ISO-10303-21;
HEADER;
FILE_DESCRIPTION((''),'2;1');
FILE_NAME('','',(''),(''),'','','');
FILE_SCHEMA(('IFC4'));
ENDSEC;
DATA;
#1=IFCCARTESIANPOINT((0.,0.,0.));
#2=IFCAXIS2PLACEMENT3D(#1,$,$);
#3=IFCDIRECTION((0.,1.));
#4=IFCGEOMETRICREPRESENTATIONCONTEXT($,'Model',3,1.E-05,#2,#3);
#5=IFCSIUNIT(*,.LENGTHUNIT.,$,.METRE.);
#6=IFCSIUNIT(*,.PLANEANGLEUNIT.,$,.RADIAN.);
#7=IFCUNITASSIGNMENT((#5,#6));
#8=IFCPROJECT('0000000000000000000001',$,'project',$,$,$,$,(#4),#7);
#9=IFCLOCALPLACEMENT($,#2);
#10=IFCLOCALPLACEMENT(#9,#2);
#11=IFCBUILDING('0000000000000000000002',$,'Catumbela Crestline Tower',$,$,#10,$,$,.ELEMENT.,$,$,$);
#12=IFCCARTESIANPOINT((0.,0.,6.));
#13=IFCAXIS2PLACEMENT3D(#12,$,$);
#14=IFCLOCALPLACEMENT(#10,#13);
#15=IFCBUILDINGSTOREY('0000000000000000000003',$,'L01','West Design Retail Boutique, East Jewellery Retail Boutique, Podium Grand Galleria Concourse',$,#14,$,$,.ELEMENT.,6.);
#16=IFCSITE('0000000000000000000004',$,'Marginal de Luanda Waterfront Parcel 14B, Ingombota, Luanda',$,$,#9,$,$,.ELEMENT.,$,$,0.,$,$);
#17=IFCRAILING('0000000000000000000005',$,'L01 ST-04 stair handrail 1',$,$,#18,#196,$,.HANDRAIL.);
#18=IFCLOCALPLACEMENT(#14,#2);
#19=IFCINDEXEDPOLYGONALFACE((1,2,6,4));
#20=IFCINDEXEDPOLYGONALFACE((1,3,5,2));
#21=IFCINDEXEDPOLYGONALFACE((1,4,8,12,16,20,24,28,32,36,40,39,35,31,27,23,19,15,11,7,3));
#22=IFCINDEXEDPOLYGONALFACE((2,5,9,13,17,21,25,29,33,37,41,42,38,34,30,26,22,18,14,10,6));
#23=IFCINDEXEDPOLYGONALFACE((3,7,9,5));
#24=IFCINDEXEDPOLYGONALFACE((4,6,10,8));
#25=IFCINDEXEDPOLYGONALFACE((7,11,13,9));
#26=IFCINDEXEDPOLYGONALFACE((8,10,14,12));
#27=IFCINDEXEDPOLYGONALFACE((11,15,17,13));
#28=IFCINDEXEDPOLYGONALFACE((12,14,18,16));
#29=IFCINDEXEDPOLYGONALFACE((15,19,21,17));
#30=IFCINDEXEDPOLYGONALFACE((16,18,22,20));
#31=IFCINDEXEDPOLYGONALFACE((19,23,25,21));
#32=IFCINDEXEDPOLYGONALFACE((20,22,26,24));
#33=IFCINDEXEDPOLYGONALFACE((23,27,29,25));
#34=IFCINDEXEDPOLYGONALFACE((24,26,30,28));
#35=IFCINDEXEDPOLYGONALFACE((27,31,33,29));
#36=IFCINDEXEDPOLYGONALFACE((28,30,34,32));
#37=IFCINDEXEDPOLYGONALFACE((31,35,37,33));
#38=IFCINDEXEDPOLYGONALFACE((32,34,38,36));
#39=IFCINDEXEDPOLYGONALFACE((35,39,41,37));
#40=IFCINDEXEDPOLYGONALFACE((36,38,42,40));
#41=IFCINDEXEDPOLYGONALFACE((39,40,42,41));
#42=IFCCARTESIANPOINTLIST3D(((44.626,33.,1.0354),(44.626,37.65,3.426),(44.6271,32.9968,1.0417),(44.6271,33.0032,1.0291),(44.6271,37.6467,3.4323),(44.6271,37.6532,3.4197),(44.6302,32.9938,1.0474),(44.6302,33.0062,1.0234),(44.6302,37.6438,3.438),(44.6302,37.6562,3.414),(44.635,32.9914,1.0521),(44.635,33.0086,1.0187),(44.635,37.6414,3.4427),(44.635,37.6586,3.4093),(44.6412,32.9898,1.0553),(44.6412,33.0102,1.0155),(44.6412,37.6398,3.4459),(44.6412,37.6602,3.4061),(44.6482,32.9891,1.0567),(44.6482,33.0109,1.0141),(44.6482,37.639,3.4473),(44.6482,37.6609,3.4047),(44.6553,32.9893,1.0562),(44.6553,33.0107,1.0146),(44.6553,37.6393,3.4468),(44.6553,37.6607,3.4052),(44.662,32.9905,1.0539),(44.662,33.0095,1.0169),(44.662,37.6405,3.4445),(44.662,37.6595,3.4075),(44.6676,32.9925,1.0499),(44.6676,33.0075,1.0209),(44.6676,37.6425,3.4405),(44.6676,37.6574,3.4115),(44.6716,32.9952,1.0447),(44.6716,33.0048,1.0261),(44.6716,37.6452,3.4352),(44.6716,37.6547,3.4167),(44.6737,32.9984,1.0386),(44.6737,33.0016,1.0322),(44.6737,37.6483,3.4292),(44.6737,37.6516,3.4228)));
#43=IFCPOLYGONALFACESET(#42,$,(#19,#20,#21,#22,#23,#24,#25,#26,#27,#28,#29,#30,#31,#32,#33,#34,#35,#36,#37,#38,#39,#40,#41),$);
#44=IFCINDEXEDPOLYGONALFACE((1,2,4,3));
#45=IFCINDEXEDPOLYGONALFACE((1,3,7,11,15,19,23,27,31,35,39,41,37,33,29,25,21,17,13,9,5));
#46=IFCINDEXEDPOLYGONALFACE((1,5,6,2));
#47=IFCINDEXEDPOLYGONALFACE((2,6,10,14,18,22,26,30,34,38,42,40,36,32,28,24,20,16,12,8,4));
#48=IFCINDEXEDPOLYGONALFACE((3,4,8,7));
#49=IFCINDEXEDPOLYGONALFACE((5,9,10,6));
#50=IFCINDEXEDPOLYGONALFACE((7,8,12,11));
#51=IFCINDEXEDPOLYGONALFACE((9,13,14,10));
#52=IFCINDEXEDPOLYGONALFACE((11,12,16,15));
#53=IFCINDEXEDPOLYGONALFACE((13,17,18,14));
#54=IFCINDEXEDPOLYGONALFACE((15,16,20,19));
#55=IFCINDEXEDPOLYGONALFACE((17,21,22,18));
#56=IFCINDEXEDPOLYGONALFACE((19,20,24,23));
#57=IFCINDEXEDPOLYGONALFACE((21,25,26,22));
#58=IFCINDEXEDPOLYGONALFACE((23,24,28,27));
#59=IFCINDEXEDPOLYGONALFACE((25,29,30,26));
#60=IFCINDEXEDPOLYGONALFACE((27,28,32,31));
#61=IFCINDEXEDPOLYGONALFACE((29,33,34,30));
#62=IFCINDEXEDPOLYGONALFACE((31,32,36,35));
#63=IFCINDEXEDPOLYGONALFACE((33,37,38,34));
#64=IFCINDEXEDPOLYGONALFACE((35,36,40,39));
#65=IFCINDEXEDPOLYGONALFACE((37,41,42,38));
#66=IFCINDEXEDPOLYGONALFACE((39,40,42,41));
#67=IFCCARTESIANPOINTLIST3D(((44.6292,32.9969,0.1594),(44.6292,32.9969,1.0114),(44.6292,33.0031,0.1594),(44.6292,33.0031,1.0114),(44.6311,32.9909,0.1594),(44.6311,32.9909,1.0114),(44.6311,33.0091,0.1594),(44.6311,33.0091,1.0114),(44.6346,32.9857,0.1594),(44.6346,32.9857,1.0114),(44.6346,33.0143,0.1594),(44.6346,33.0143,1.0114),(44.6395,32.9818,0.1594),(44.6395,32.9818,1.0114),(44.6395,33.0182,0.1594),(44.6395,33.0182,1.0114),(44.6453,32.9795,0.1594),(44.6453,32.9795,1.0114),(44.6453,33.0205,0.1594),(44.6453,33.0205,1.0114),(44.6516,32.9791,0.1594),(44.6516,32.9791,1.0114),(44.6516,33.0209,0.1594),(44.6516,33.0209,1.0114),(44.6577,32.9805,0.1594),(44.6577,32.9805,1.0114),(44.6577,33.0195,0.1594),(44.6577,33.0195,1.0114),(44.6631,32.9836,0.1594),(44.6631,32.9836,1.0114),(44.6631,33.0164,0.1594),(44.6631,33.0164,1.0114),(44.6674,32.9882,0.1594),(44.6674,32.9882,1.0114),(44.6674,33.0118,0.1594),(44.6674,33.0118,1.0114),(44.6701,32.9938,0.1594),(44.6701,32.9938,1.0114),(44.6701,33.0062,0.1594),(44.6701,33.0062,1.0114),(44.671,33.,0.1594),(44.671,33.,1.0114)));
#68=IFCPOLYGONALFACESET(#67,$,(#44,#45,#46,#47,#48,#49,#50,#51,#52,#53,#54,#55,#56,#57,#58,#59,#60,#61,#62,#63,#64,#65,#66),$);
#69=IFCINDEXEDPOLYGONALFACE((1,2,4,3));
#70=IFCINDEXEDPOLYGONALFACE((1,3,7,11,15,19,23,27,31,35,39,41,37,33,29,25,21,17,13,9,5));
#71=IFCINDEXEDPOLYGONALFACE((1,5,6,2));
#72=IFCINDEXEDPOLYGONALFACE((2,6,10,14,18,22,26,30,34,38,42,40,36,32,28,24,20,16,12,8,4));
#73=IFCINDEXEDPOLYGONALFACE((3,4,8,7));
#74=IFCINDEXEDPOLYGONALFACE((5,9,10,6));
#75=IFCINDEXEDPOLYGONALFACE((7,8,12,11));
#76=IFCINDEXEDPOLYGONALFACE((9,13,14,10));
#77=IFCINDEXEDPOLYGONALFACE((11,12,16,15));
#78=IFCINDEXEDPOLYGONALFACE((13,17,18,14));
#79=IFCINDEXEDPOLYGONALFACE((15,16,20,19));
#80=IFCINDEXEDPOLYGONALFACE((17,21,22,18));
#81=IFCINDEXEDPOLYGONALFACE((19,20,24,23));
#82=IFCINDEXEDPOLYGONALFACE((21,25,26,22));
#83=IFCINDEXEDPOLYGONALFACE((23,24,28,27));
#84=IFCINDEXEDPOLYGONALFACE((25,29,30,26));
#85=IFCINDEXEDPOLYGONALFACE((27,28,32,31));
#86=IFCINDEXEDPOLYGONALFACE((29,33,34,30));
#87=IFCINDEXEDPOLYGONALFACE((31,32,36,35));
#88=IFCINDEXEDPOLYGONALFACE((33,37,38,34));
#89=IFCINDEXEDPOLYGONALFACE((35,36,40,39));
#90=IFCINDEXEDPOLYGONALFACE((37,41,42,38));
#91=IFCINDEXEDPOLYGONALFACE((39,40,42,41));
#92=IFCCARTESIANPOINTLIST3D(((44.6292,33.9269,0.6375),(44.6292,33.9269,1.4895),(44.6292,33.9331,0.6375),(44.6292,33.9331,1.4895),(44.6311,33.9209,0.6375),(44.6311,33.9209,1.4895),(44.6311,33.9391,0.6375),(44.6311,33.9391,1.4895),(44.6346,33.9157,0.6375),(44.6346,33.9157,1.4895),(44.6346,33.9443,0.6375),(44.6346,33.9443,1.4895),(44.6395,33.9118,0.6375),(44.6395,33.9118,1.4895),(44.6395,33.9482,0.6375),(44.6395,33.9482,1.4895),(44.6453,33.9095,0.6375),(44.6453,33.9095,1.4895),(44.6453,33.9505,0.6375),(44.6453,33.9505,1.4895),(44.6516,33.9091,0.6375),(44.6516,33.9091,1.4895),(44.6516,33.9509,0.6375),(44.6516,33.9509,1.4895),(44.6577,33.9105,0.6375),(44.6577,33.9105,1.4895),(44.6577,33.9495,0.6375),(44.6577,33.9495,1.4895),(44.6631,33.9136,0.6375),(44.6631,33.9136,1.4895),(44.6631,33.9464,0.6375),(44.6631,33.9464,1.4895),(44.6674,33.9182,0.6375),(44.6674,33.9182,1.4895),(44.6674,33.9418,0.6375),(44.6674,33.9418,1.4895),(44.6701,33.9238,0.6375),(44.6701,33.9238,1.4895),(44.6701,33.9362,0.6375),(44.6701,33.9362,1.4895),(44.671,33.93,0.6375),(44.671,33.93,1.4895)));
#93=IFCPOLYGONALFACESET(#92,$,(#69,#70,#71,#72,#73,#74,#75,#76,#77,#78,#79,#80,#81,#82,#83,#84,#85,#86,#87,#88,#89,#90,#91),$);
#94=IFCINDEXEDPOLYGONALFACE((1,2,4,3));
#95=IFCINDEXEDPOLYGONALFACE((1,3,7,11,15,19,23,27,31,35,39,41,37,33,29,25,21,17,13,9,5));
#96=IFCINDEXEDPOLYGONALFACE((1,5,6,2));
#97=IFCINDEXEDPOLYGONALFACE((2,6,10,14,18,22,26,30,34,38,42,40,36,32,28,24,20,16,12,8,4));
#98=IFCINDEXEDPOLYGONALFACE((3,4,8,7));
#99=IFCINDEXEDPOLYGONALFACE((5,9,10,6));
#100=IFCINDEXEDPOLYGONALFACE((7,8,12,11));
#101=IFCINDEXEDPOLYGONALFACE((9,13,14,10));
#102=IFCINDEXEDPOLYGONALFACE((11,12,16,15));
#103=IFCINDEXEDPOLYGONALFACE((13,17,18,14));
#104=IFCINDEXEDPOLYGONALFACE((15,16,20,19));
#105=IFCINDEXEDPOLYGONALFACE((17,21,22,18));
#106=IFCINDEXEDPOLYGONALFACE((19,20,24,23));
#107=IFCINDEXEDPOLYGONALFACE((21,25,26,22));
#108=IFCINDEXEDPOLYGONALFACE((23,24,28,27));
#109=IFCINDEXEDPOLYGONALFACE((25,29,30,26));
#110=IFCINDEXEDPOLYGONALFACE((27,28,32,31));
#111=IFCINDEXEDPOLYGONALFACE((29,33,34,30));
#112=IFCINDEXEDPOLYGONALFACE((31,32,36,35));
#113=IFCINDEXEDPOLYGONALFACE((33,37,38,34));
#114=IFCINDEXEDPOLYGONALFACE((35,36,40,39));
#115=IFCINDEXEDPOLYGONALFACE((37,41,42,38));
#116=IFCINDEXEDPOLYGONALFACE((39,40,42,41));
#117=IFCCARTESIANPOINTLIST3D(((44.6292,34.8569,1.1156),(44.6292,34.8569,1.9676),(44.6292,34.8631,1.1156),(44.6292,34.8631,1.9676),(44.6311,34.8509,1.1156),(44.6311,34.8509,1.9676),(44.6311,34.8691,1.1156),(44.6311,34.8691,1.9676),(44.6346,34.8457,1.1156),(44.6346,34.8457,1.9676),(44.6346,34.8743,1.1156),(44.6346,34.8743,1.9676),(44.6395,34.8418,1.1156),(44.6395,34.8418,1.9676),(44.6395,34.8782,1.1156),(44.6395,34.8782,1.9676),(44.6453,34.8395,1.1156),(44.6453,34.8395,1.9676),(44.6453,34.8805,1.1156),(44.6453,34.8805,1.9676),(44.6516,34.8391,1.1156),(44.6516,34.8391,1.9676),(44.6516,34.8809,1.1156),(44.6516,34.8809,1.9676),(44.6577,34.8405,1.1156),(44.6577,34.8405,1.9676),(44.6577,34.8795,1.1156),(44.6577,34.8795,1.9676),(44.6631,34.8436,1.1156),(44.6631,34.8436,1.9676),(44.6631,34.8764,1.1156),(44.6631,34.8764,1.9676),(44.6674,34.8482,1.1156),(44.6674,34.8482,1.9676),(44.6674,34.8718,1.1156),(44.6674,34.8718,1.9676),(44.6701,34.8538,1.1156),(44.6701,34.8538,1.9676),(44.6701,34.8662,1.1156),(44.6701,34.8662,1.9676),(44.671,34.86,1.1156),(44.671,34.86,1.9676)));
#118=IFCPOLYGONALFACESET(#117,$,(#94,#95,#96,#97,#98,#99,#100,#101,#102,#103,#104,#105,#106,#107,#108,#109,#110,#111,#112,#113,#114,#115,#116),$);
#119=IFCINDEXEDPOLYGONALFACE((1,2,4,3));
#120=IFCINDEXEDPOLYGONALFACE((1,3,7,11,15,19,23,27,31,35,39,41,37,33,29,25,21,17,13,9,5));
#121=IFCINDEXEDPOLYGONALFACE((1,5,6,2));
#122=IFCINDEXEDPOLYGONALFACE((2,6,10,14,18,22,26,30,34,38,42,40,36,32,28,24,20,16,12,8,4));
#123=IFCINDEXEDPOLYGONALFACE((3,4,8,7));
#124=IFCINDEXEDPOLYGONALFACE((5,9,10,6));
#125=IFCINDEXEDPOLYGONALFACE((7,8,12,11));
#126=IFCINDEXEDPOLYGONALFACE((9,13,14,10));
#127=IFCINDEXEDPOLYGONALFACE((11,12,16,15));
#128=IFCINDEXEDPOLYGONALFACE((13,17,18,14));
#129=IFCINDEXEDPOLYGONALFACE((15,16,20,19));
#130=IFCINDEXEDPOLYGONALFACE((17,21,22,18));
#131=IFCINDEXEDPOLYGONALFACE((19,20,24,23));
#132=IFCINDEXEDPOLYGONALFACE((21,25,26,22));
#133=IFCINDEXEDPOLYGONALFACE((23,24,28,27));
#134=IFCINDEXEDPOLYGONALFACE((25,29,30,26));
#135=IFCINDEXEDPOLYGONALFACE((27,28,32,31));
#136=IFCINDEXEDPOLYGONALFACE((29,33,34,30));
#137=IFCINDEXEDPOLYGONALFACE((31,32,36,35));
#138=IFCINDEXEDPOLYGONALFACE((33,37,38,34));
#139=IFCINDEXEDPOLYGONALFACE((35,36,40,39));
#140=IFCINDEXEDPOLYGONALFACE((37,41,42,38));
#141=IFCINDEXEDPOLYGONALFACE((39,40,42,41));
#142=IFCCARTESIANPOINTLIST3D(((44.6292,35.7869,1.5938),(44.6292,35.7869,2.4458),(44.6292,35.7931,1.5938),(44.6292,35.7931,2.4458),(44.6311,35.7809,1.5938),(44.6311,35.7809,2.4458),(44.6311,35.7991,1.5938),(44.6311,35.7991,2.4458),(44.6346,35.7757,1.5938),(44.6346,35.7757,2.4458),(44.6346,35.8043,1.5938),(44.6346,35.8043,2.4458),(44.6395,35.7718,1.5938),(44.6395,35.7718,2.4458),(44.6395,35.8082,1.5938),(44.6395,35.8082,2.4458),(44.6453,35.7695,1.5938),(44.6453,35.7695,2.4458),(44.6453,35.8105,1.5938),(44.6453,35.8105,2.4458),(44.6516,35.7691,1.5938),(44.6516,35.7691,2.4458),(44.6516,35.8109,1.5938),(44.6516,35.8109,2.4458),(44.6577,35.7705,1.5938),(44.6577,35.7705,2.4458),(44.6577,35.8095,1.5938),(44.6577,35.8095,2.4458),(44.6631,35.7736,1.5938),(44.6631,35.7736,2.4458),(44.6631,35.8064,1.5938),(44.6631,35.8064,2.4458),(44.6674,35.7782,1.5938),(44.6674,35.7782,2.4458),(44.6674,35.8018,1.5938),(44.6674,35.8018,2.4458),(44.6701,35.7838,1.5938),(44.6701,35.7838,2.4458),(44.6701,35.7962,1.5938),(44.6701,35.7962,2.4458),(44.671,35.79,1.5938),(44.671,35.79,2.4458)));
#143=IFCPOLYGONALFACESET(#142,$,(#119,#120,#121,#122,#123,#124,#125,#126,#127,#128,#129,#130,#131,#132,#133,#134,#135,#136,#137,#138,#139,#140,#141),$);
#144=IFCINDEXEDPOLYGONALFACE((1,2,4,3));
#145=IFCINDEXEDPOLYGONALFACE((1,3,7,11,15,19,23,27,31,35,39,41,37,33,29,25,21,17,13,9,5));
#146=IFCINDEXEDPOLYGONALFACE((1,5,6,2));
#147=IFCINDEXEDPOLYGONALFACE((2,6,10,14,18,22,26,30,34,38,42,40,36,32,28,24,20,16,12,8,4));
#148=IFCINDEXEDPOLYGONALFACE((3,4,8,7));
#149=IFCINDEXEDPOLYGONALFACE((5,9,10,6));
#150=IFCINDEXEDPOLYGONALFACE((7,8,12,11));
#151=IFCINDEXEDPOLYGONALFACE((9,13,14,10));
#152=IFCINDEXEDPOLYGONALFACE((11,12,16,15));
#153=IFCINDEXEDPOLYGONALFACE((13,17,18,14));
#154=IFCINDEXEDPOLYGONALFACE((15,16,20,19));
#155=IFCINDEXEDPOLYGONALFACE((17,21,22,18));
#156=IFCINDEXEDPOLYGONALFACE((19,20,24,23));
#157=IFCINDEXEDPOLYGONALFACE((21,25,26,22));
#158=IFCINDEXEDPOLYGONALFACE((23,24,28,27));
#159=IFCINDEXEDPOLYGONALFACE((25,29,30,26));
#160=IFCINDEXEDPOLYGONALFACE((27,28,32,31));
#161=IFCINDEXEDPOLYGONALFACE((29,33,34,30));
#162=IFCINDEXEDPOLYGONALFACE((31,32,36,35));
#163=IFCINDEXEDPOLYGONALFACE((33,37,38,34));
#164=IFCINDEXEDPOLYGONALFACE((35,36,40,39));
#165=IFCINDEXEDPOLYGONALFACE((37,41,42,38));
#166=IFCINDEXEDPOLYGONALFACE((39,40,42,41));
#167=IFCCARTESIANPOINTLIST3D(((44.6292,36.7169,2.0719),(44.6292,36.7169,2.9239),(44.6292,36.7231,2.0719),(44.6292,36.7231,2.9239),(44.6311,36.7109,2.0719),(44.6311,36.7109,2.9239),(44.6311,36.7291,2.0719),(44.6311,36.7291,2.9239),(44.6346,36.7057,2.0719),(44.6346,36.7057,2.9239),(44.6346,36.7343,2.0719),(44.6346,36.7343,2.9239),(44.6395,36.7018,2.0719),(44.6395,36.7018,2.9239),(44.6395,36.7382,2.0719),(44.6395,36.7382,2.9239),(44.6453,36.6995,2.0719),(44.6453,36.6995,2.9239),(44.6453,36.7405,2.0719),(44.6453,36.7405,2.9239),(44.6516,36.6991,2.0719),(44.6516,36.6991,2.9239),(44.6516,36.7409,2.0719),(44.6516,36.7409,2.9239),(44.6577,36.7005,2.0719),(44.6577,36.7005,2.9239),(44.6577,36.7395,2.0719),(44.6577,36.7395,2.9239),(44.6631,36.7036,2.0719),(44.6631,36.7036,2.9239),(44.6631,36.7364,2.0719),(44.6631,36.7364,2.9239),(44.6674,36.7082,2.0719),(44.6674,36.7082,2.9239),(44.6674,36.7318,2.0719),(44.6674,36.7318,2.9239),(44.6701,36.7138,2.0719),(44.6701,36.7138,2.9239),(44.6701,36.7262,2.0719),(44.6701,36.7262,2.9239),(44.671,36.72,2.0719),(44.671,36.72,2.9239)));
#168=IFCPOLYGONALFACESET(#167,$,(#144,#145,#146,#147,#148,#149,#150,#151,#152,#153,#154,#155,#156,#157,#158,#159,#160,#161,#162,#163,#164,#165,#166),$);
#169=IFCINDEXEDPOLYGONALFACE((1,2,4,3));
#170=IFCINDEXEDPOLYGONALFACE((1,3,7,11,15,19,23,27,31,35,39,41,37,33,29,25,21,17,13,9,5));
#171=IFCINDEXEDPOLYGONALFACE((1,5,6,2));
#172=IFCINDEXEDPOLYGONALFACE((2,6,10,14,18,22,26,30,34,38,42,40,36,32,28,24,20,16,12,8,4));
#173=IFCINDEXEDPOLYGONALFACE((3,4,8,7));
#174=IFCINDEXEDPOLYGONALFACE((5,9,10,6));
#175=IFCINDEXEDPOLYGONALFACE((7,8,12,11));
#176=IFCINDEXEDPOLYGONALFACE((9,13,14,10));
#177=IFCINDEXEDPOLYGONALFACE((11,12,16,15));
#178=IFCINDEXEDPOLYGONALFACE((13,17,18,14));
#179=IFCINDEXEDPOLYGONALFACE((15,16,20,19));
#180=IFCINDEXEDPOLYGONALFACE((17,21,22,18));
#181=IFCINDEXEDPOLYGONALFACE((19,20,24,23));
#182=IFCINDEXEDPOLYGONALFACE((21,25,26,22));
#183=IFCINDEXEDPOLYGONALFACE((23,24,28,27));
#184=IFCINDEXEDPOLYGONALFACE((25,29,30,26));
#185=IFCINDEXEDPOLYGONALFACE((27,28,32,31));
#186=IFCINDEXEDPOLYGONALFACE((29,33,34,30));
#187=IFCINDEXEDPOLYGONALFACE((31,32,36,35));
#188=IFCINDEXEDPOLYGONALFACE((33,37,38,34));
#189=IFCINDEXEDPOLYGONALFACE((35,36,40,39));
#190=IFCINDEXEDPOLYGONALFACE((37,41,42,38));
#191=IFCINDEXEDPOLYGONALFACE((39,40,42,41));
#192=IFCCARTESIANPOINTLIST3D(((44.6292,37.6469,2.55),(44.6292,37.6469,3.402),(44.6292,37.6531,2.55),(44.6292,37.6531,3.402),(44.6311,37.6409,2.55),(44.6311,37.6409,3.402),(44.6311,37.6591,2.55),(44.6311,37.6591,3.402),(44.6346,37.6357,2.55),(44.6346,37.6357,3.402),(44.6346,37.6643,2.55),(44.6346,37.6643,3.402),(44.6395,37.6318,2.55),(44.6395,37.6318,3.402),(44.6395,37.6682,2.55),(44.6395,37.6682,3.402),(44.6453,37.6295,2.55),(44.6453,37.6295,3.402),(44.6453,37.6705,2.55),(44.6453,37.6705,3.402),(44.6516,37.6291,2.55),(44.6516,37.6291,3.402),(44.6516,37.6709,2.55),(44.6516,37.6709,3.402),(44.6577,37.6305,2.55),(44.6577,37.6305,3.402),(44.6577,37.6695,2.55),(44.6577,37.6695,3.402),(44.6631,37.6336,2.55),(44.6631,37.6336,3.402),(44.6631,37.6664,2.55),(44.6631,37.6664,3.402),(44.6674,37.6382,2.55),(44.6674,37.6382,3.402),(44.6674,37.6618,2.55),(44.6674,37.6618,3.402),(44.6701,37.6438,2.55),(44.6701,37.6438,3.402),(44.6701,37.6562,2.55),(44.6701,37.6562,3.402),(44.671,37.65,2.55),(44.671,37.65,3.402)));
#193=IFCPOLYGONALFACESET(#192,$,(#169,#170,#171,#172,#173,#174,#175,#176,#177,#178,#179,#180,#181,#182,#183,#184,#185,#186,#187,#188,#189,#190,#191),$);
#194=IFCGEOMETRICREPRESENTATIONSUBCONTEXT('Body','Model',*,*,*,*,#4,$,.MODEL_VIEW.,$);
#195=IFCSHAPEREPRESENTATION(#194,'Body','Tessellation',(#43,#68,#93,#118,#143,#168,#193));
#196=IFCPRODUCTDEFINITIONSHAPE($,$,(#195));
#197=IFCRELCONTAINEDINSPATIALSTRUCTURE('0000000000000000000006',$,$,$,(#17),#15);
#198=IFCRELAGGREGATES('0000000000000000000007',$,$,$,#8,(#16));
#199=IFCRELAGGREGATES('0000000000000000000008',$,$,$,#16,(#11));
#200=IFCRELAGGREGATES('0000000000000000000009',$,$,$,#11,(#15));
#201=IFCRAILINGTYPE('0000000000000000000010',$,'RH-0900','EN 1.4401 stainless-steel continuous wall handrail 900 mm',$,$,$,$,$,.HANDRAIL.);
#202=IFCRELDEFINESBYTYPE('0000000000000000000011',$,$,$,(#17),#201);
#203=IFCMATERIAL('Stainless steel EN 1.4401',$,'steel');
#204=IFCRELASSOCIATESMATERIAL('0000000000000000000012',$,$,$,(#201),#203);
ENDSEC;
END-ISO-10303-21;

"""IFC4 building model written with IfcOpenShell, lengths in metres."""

from ifc_helpers import new_model, si_unit, direction, frame, origin, origin_2d, place, context, subcontext, project, spatial, circle, extrude, material, type_object, element, save


model = new_model("IFC4")

# Units and contexts
model_context = context("Model", 3, precision=1e-05, world=origin(), true_north=direction((0.0, 1.0)))
body_context = subcontext(model_context, "Body", "Model", "MODEL_VIEW")
ifc_project = project(units=[si_unit("LENGTHUNIT", "METRE"), si_unit("PLANEANGLEUNIT", "RADIAN")], contexts=[model_context])

# Site, building, storey
site_placement = place(None, origin())
site = spatial("IfcSite", under=ifc_project, at=site_placement, Name="Marginal de Luanda Waterfront Parcel 14B, Ingombota, Luanda", CompositionType="ELEMENT", RefElevation=0.0)
building_placement = place(site_placement, origin())
building = spatial("IfcBuilding", under=site, at=building_placement, Name="Catumbela Crestline Tower", CompositionType="ELEMENT")
storey_placement = place(building_placement, frame((0.0, 0.0, 6.0)))
storey = spatial("IfcBuildingStorey", under=building, at=storey_placement, Name="L01", Description="West Design Retail Boutique, East Jewellery Retail Boutique, Podium Grand Galleria Concourse", CompositionType="ELEMENT", Elevation=6.0)

# Railing
ifc_material_1 = material(Name="Stainless steel EN 1.4401", Category="steel")
railing_type_1 = type_object("IfcRailingType", Name="RH-0900", Description="EN 1.4401 stainless-steel continuous wall handrail 900 mm", PredefinedType="HANDRAIL", material=ifc_material_1)
railing_1_placement = place(storey_placement, frame((44.65, 33.0, 0.1594)))
element("IfcRailing", 1, at=railing_1_placement, inside=storey, type_object=railing_type_1, Name="L01 ST-04 stair handrail 1", PredefinedType="HANDRAIL", context=body_context, shape_type="SweptSolid", body=[
    extrude(circle(Radius=0.024, at=origin_2d()), frame((0.0, 0.0, 0.876), z_axis=(0.0, 0.889352, 0.457223), x_axis=(-1.0, 0.0, 0.0)), (0.0, 0.0, 1.0), 5.2285),
    extrude(circle(Radius=0.021, at=origin_2d()), origin(), (0.0, 0.0, 1.0), 0.852),
    extrude(circle(Radius=0.021, at=origin_2d()), frame((0.0, 0.93, 0.4781)), (0.0, 0.0, 1.0), 0.852),
    extrude(circle(Radius=0.021, at=origin_2d()), frame((0.0, 1.86, 0.9562)), (0.0, 0.0, 1.0), 0.852),
    extrude(circle(Radius=0.021, at=origin_2d()), frame((0.0, 2.79, 1.4344)), (0.0, 0.0, 1.0), 0.852),
    extrude(circle(Radius=0.021, at=origin_2d()), frame((0.0, 3.72, 1.9125)), (0.0, 0.0, 1.0), 0.852),
    extrude(circle(Radius=0.021, at=origin_2d()), frame((0.0, 4.65, 2.3906)), (0.0, 0.0, 1.0), 0.852),
])

save(model, "model.ifc")
